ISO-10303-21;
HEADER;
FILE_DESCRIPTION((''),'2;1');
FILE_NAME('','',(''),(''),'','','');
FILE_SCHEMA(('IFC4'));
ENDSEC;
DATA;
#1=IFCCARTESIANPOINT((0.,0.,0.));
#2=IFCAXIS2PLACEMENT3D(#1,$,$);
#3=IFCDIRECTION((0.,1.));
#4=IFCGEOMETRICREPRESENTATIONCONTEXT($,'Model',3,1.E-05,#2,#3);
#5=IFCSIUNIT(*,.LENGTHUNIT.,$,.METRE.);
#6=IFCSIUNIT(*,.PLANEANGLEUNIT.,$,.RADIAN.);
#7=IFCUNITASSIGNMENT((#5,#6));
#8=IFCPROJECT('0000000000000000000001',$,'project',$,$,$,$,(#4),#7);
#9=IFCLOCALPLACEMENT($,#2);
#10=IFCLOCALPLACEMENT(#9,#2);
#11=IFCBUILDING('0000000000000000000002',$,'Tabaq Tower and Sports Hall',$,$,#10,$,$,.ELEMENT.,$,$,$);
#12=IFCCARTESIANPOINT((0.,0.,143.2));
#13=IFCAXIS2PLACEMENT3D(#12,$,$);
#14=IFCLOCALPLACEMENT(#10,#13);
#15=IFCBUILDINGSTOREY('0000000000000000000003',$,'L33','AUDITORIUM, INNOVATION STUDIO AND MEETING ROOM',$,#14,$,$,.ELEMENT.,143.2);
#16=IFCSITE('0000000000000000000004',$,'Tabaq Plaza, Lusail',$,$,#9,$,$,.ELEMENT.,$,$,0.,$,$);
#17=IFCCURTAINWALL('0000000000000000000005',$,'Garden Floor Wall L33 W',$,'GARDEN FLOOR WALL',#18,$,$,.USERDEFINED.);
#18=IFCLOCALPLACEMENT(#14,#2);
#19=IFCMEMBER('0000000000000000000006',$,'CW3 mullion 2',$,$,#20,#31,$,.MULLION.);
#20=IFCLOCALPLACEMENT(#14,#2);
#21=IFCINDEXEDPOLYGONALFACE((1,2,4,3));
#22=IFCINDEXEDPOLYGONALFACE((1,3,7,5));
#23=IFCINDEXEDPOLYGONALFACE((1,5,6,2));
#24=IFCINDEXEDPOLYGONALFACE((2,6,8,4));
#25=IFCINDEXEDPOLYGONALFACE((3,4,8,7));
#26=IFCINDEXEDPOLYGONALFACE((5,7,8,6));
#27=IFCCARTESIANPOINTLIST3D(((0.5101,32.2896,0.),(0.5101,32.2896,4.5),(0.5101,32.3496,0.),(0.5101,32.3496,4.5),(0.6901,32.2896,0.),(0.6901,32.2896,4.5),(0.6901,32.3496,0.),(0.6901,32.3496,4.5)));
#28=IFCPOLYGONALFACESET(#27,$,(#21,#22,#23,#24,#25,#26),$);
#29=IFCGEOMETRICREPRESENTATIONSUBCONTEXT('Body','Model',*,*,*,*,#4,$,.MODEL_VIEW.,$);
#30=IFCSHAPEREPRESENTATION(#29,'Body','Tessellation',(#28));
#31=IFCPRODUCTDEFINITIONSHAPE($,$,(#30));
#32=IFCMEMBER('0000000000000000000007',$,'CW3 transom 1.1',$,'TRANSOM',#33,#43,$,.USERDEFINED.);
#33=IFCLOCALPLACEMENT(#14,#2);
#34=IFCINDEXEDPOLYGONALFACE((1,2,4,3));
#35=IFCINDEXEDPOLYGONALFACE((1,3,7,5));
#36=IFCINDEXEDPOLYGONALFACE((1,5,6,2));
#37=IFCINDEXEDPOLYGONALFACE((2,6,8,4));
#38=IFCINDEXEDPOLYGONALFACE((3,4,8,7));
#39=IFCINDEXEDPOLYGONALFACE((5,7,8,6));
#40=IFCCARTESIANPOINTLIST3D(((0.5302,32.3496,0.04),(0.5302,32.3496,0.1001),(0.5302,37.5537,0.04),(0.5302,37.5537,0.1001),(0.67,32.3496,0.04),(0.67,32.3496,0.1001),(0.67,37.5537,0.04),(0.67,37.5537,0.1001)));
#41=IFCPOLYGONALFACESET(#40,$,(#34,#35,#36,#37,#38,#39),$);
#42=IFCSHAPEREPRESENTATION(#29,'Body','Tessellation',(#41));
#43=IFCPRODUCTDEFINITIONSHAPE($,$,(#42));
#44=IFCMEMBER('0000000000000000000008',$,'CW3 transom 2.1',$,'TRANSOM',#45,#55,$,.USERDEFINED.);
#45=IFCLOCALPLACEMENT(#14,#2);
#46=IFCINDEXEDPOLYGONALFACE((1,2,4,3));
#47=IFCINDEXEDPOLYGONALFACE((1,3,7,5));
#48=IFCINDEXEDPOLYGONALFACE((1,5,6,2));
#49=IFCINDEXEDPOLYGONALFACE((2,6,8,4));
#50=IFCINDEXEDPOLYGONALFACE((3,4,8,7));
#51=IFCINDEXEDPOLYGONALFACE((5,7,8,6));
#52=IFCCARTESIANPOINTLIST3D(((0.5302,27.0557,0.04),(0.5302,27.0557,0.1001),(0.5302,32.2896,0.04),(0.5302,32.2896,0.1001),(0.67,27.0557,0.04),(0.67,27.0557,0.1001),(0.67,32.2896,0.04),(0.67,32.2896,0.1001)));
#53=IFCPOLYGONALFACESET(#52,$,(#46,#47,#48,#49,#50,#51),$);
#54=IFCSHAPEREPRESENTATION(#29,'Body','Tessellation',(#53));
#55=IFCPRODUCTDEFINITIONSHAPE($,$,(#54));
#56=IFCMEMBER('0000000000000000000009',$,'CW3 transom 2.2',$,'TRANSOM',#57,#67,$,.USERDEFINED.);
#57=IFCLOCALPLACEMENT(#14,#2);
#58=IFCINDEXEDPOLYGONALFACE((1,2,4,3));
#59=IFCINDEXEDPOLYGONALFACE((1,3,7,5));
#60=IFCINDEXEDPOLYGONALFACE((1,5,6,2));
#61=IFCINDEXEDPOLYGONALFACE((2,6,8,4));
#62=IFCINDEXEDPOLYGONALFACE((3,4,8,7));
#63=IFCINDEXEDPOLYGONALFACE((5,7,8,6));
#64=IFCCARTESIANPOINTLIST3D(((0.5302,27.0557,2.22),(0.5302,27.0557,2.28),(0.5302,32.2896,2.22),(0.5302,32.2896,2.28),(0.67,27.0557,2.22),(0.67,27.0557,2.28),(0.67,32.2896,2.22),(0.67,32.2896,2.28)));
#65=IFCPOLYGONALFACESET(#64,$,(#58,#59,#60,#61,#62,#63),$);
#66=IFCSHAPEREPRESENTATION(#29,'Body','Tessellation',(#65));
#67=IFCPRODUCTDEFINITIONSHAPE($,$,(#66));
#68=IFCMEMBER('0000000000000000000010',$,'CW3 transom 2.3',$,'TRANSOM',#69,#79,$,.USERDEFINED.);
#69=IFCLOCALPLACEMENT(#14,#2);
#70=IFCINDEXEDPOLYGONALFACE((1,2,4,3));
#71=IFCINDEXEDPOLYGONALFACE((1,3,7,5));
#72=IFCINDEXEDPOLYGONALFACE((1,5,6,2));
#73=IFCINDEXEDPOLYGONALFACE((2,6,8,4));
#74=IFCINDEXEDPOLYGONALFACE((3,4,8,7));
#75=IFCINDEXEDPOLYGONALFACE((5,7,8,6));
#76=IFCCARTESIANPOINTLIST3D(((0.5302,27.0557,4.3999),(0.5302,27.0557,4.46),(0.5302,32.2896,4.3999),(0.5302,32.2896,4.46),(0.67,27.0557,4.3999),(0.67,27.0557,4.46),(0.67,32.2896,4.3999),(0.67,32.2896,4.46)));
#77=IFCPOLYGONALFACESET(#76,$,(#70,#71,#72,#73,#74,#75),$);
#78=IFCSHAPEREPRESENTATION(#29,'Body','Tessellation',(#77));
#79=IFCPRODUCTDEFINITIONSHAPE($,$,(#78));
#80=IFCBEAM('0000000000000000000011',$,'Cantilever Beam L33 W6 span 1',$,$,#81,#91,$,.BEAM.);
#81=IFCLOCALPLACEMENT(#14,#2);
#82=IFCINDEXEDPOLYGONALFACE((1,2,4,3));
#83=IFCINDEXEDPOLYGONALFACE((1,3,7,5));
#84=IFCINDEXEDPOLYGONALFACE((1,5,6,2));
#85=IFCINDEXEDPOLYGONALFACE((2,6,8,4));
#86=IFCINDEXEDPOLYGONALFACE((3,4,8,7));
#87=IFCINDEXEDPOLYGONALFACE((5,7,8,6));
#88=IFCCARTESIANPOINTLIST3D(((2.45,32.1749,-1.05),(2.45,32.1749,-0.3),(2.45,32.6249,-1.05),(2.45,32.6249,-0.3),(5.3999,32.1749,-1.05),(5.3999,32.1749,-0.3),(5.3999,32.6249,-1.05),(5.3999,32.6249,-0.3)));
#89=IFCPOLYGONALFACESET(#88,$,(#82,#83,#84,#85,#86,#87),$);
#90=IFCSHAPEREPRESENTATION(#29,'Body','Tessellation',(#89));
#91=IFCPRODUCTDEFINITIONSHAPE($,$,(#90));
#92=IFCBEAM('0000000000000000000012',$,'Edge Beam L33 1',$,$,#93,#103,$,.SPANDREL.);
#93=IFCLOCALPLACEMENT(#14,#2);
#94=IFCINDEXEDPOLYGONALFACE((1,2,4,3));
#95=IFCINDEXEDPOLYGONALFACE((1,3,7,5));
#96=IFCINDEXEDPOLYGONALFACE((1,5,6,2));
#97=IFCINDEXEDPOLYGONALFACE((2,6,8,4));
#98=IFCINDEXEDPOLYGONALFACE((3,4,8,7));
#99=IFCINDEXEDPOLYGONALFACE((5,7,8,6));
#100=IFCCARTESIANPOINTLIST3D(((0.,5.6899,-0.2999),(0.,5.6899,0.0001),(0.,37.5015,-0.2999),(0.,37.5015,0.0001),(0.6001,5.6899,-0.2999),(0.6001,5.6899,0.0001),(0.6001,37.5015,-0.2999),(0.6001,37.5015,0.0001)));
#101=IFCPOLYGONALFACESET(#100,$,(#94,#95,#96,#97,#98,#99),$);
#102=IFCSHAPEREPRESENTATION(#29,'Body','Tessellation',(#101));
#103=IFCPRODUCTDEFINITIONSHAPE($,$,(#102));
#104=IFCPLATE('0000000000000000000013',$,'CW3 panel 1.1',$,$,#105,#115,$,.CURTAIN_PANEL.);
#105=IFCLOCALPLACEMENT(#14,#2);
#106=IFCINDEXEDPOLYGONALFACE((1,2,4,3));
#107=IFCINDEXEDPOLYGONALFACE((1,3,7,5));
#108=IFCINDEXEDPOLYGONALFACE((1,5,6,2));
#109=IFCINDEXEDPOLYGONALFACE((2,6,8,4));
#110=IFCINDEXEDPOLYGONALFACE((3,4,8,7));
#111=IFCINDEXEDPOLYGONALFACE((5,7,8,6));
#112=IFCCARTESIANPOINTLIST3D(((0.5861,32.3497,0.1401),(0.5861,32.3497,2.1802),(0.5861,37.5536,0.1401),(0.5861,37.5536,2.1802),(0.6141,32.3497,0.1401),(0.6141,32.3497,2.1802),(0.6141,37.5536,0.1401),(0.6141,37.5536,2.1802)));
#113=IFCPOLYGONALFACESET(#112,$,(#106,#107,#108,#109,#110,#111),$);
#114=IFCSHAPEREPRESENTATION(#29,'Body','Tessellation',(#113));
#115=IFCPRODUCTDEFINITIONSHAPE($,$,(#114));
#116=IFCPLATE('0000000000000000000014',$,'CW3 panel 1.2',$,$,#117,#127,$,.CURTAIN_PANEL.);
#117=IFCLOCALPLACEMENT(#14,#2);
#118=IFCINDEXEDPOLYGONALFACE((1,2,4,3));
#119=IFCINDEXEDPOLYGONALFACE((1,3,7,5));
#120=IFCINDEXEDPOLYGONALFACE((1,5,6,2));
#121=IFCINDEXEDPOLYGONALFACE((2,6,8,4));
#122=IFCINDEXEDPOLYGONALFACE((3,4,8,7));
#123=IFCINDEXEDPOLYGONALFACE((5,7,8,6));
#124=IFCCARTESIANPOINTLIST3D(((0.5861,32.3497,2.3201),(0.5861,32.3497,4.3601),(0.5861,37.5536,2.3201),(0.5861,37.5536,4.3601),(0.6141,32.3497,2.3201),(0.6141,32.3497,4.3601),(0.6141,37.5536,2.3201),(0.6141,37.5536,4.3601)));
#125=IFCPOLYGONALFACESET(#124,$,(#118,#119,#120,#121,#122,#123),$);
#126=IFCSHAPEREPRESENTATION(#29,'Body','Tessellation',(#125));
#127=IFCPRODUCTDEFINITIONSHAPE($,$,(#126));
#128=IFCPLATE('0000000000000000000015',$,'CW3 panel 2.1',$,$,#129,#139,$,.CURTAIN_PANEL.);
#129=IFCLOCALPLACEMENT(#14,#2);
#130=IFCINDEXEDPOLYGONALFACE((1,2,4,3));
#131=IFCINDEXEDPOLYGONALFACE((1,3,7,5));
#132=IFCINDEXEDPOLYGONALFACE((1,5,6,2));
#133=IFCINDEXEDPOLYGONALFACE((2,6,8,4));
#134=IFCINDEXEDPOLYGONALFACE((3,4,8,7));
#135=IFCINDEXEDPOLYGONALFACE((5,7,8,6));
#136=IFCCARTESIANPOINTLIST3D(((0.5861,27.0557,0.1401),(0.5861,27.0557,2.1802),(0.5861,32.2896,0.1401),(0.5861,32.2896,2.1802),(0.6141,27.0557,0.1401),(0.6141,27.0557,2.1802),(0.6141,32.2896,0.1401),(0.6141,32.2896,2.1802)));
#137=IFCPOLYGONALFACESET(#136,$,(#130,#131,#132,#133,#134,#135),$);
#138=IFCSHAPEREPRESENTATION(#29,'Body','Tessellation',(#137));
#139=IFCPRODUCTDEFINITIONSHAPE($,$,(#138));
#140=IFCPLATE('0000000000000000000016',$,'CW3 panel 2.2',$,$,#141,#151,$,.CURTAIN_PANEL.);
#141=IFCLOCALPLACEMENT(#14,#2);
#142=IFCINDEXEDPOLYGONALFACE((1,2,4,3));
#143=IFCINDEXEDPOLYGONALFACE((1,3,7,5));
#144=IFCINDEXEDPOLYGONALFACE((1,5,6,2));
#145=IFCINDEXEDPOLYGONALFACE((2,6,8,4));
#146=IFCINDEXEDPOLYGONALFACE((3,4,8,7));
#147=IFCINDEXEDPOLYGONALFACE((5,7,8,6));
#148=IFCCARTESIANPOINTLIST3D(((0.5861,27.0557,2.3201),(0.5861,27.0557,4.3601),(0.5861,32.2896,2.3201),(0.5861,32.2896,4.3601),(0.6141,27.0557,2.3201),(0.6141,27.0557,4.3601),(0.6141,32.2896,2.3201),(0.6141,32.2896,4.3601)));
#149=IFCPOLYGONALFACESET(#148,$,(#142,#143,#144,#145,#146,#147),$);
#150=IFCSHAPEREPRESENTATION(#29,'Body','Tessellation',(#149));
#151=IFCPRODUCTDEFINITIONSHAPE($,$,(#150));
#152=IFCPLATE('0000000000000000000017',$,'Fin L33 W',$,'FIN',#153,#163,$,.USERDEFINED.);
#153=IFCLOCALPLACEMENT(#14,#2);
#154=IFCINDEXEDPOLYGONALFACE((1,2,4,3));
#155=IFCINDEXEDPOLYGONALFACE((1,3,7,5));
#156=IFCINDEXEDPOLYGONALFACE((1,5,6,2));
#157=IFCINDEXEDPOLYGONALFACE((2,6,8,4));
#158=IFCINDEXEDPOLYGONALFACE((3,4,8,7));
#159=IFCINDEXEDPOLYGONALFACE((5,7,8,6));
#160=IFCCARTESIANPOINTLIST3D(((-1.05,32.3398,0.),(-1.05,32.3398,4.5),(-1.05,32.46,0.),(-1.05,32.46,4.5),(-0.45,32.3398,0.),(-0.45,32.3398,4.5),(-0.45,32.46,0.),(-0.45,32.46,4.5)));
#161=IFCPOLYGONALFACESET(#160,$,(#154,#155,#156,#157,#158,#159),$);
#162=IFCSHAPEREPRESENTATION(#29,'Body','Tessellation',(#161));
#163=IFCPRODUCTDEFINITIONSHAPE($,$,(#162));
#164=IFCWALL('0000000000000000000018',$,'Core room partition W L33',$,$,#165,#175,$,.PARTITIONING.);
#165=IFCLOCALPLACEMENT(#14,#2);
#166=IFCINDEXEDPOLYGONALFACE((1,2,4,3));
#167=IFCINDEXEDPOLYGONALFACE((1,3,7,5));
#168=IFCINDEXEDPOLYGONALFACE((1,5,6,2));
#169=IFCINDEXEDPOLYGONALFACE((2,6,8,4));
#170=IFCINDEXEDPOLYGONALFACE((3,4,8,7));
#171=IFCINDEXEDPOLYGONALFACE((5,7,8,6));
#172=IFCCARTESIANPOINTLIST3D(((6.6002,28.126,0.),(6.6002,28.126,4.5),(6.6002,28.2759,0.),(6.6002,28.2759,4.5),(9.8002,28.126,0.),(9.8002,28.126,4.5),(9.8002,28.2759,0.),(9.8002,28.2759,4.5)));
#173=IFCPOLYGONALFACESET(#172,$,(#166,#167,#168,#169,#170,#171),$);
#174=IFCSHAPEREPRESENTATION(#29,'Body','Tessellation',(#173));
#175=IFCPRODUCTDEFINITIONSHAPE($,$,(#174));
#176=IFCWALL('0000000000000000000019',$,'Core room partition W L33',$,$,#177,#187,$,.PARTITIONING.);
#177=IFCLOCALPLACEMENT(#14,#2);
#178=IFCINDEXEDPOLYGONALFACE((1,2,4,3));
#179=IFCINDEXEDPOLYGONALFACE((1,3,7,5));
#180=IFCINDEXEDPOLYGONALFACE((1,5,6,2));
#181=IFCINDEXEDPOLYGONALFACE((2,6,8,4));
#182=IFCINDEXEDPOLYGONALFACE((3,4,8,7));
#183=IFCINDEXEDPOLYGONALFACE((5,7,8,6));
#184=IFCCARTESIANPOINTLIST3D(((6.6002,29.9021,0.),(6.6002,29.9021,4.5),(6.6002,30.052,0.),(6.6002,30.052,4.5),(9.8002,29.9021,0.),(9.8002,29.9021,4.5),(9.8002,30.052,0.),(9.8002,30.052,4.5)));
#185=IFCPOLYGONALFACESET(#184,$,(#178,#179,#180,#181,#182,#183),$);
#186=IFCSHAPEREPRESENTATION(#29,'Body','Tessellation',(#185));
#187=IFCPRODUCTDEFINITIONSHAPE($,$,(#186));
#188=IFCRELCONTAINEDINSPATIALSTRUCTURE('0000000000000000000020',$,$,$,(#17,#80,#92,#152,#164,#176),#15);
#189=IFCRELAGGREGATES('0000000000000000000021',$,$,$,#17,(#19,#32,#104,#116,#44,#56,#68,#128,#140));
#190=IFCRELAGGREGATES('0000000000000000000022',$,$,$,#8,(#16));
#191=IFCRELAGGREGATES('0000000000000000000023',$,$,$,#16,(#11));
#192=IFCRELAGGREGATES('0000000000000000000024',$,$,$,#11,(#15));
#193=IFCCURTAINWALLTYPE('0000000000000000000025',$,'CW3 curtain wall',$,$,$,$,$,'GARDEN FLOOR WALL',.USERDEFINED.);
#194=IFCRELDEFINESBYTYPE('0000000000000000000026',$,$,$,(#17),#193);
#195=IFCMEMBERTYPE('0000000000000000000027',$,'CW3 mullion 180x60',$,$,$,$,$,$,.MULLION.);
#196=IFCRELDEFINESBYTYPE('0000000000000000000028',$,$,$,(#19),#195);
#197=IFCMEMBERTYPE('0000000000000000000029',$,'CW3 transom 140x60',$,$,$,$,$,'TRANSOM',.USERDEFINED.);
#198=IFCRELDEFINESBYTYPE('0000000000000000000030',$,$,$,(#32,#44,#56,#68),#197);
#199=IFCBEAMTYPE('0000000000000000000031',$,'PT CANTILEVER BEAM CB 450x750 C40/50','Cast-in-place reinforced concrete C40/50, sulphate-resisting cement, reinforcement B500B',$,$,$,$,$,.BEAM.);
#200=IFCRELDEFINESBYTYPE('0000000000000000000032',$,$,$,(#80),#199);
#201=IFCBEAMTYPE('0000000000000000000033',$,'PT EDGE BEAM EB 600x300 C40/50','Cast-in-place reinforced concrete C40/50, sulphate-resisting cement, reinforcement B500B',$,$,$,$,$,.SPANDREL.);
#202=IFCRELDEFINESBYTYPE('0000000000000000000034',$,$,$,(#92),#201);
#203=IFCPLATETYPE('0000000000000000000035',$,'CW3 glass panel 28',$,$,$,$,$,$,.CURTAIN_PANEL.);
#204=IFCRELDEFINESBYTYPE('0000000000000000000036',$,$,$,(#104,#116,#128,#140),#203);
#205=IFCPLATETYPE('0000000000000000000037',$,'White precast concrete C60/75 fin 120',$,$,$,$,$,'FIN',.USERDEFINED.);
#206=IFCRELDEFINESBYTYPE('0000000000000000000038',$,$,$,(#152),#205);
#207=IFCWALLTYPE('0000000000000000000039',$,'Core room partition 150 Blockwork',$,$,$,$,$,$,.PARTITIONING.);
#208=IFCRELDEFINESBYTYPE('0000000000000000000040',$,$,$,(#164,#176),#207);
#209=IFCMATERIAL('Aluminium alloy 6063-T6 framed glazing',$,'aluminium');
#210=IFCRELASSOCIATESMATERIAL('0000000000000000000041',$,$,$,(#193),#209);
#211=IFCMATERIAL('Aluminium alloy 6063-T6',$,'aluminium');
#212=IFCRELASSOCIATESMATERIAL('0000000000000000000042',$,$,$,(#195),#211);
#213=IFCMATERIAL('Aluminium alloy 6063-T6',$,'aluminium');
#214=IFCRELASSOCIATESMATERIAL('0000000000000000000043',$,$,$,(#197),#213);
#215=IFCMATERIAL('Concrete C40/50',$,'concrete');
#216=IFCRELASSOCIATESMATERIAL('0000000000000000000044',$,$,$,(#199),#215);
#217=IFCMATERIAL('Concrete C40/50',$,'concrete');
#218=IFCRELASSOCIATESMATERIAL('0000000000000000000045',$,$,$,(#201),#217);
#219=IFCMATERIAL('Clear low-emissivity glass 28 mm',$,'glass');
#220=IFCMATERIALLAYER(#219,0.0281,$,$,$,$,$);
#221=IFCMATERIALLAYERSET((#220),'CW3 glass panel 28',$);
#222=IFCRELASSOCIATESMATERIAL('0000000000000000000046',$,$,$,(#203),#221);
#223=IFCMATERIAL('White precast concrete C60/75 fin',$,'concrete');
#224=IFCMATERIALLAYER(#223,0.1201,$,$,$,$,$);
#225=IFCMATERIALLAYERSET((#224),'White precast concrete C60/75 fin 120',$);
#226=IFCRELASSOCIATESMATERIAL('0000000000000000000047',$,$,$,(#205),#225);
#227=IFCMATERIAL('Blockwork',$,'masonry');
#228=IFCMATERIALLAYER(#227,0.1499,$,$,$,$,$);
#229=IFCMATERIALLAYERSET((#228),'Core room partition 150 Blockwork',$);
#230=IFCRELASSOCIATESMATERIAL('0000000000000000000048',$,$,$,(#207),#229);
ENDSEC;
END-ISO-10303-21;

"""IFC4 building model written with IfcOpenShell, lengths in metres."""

from ifc_helpers import new_model, si_unit, direction, frame, frame_2d, origin, origin_2d, place, context, subcontext, project, spatial, rectangle, extrude, material, layer, layer_set, material_profile, profile_set, type_object, element, aggregate, save


model = new_model("IFC4")

# Units and contexts
model_context = context("Model", 3, precision=1e-05, world=origin(), true_north=direction((0.0, 1.0)))
body_context = subcontext(model_context, "Body", "Model", "MODEL_VIEW")
ifc_project = project(units=[si_unit("LENGTHUNIT", "METRE"), si_unit("PLANEANGLEUNIT", "RADIAN")], contexts=[model_context])

# Site, building, storey
site_placement = place(None, origin())
site = spatial("IfcSite", under=ifc_project, at=site_placement, Name="Tabaq Plaza, Lusail", CompositionType="ELEMENT", RefElevation=0.0)
building_placement = place(site_placement, origin())
building = spatial("IfcBuilding", under=site, at=building_placement, Name="Tabaq Tower and Sports Hall", CompositionType="ELEMENT")
storey_placement = place(building_placement, frame((0.0, 0.0, 143.2)))
storey = spatial("IfcBuildingStorey", under=building, at=storey_placement, Name="L33", Description="AUDITORIUM, INNOVATION STUDIO AND MEETING ROOM", CompositionType="ELEMENT", Elevation=143.2)

# Curtain wall, members
ifc_material_1 = material(Name="Aluminium alloy 6063-T6 framed glazing", Category="aluminium")
curtain_wall_type = type_object("IfcCurtainWallType", Name="CW3 curtain wall", ElementType="GARDEN FLOOR WALL", PredefinedType="USERDEFINED", material=ifc_material_1)
curtain_wall_placement = place(storey_placement, origin())
curtain_wall = element("IfcCurtainWall", 1, at=curtain_wall_placement, inside=storey, type_object=curtain_wall_type, Name="Garden Floor Wall L33 W", ObjectType="GARDEN FLOOR WALL", PredefinedType="USERDEFINED")
ifc_material_2 = material(Name="Aluminium alloy 6063-T6", Category="aluminium")
ifc_material_profile_1 = material_profile(ifc_material_2, rectangle(XDim=0.1799, YDim=0.0601, at=origin_2d()), Name="MULLION 180x60")
ifc_profile_set_1 = profile_set([ifc_material_profile_1], Name="Aluminium alloy 6063-T6")
member_type_1 = type_object("IfcMemberType", Name="CW3 mullion 180x60", PredefinedType="MULLION", material=ifc_profile_set_1)
member_1_placement = place(storey_placement, frame((0.6001, 32.3196, 0.0), z_axis=(0.0, 0.0, 1.0), x_axis=(1.0, 0.0, 0.0)))
member_1 = element("IfcMember", 2, at=member_1_placement, type_object=member_type_1, Name="CW3 mullion 2", PredefinedType="MULLION", context=body_context, shape_type="SweptSolid", body=[
    extrude(rectangle(XDim=0.1799, YDim=0.0601, at=origin_2d()), origin(), (0.0, 0.0, 1.0), 4.5),
])
ifc_material_3 = material(Name="Aluminium alloy 6063-T6", Category="aluminium")
ifc_material_profile_2 = material_profile(ifc_material_3, rectangle(XDim=0.1399, YDim=0.0601, at=origin_2d()), Name="TRANSOM 140x60")
ifc_profile_set_2 = profile_set([ifc_material_profile_2], Name="Aluminium alloy 6063-T6")
member_type_2 = type_object("IfcMemberType", Name="CW3 transom 140x60", ElementType="TRANSOM", PredefinedType="USERDEFINED", material=ifc_profile_set_2)
member_2_placement = place(storey_placement, frame((0.6001, 37.5537, 0.0701), z_axis=(0.0, -1.0, 0.0), x_axis=(1.0, 0.0, 0.0)))
member_2 = element("IfcMember", 3, at=member_2_placement, type_object=member_type_2, Name="CW3 transom 1.1", ObjectType="TRANSOM", PredefinedType="USERDEFINED", context=body_context, shape_type="SweptSolid", body=[
    extrude(rectangle(XDim=0.1399, YDim=0.0601, at=origin_2d()), origin(), (0.0, 0.0, 1.0), 5.2041),
])
member_3_placement = place(storey_placement, frame((0.6001, 32.2896, 0.0701), z_axis=(0.0, -1.0, 0.0), x_axis=(1.0, 0.0, 0.0)))
member_3 = element("IfcMember", 4, at=member_3_placement, type_object=member_type_2, Name="CW3 transom 2.1", ObjectType="TRANSOM", PredefinedType="USERDEFINED", context=body_context, shape_type="SweptSolid", body=[
    extrude(rectangle(XDim=0.1399, YDim=0.0601, at=origin_2d()), origin(), (0.0, 0.0, 1.0), 5.2339),
])
member_4_placement = place(storey_placement, frame((0.6001, 32.2896, 2.25), z_axis=(0.0, -1.0, 0.0), x_axis=(1.0, 0.0, 0.0)))
member_4 = element("IfcMember", 5, at=member_4_placement, type_object=member_type_2, Name="CW3 transom 2.2", ObjectType="TRANSOM", PredefinedType="USERDEFINED", context=body_context, shape_type="SweptSolid", body=[
    extrude(rectangle(XDim=0.1399, YDim=0.0601, at=origin_2d()), origin(), (0.0, 0.0, 1.0), 5.2339),
])
member_5_placement = place(storey_placement, frame((0.6001, 32.2896, 4.4299), z_axis=(0.0, -1.0, 0.0), x_axis=(1.0, 0.0, 0.0)))
member_5 = element("IfcMember", 6, at=member_5_placement, type_object=member_type_2, Name="CW3 transom 2.3", ObjectType="TRANSOM", PredefinedType="USERDEFINED", context=body_context, shape_type="SweptSolid", body=[
    extrude(rectangle(XDim=0.1399, YDim=0.0601, at=origin_2d()), origin(), (0.0, 0.0, 1.0), 5.2339),
])

# Beams
ifc_material_4 = material(Name="Concrete C40/50", Category="concrete")
ifc_material_profile_3 = material_profile(ifc_material_4, rectangle(XDim=0.45, YDim=0.75, at=origin_2d()), Name="CB 450x750")
ifc_profile_set_3 = profile_set([ifc_material_profile_3], Name="Concrete C40/50")
beam_type_1 = type_object("IfcBeamType", Name="PT CANTILEVER BEAM CB 450x750 C40/50", Description="Cast-in-place reinforced concrete C40/50, sulphate-resisting cement, reinforcement B500B", PredefinedType="BEAM", material=ifc_profile_set_3)
beam_1_placement = place(storey_placement, frame((2.45, 32.3999, -0.675), z_axis=(1.0, 0.0, 0.0), x_axis=(0.0, 1.0, 0.0)))
element("IfcBeam", 7, at=beam_1_placement, inside=storey, type_object=beam_type_1, Name="Cantilever Beam L33 W6 span 1", PredefinedType="BEAM", context=body_context, shape_type="SweptSolid", body=[
    extrude(rectangle(XDim=0.45, YDim=0.75, at=origin_2d()), origin(), (0.0, 0.0, 1.0), 2.95),
])
ifc_material_5 = material(Name="Concrete C40/50", Category="concrete")
ifc_material_profile_4 = material_profile(ifc_material_5, rectangle(XDim=0.6001, YDim=0.3, at=origin_2d()), Name="EB 600x300")
ifc_profile_set_4 = profile_set([ifc_material_profile_4], Name="Concrete C40/50")
beam_type_2 = type_object("IfcBeamType", Name="PT EDGE BEAM EB 600x300 C40/50", Description="Cast-in-place reinforced concrete C40/50, sulphate-resisting cement, reinforcement B500B", PredefinedType="SPANDREL", material=ifc_profile_set_4)
beam_2_placement = place(storey_placement, frame((0.3, 37.5015, -0.1499), z_axis=(0.0, -1.0, 0.0), x_axis=(1.0, 0.0, 0.0)))
element("IfcBeam", 8, at=beam_2_placement, inside=storey, type_object=beam_type_2, Name="Edge Beam L33 1", PredefinedType="SPANDREL", context=body_context, shape_type="SweptSolid", body=[
    extrude(rectangle(XDim=0.6001, YDim=0.3, at=origin_2d()), origin(), (0.0, 0.0, 1.0), 31.8115),
])

# Plates
ifc_material_6 = material(Name="Clear low-emissivity glass 28 mm", Category="glass")
ifc_layer_1 = layer(ifc_material_6, 0.0281)
ifc_layer_set_1 = layer_set([ifc_layer_1], Name="CW3 glass panel 28")
plate_type_1 = type_object("IfcPlateType", Name="CW3 glass panel 28", PredefinedType="CURTAIN_PANEL", material=ifc_layer_set_1)
plate_1_placement = place(storey_placement, frame((0.6001, 34.9517, 0.1401), z_axis=(0.0, 0.0, 1.0), x_axis=(0.0, -1.0, 0.0)))
plate_1 = element("IfcPlate", 9, at=plate_1_placement, type_object=plate_type_1, Name="CW3 panel 1.1", PredefinedType="CURTAIN_PANEL", context=body_context, shape_type="SweptSolid", body=[
    extrude(rectangle(XDim=5.2039, YDim=0.0281, at=origin_2d()), origin(), (0.0, 0.0, 1.0), 2.04),
])
plate_2_placement = place(storey_placement, frame((0.6001, 34.9517, 2.3201), z_axis=(0.0, 0.0, 1.0), x_axis=(0.0, -1.0, 0.0)))
plate_2 = element("IfcPlate", 10, at=plate_2_placement, type_object=plate_type_1, Name="CW3 panel 1.2", PredefinedType="CURTAIN_PANEL", context=body_context, shape_type="SweptSolid", body=[
    extrude(rectangle(XDim=5.2039, YDim=0.0281, at=origin_2d()), origin(), (0.0, 0.0, 1.0), 2.04),
])
plate_3_placement = place(storey_placement, frame((0.6001, 29.6726, 0.1401), z_axis=(0.0, 0.0, 1.0), x_axis=(0.0, -1.0, 0.0)))
plate_3 = element("IfcPlate", 11, at=plate_3_placement, type_object=plate_type_1, Name="CW3 panel 2.1", PredefinedType="CURTAIN_PANEL", context=body_context, shape_type="SweptSolid", body=[
    extrude(rectangle(XDim=5.2339, YDim=0.0281, at=origin_2d()), origin(), (0.0, 0.0, 1.0), 2.04),
])
plate_4_placement = place(storey_placement, frame((0.6001, 29.6726, 2.3201), z_axis=(0.0, 0.0, 1.0), x_axis=(0.0, -1.0, 0.0)))
plate_4 = element("IfcPlate", 12, at=plate_4_placement, type_object=plate_type_1, Name="CW3 panel 2.2", PredefinedType="CURTAIN_PANEL", context=body_context, shape_type="SweptSolid", body=[
    extrude(rectangle(XDim=5.2339, YDim=0.0281, at=origin_2d()), origin(), (0.0, 0.0, 1.0), 2.04),
])
aggregate(curtain_wall, [member_1, member_2, plate_1, plate_2, member_3, member_4, member_5, plate_3, plate_4])
ifc_material_7 = material(Name="White precast concrete C60/75 fin", Category="concrete")
ifc_layer_2 = layer(ifc_material_7, 0.1201)
ifc_layer_set_2 = layer_set([ifc_layer_2], Name="White precast concrete C60/75 fin 120")
plate_type_2 = type_object("IfcPlateType", Name="White precast concrete C60/75 fin 120", ElementType="FIN", PredefinedType="USERDEFINED", material=ifc_layer_set_2)
plate_5_placement = place(storey_placement, frame((-0.75, 32.3999, 0.0), z_axis=(0.0, 0.0, 1.0), x_axis=(0.0, -1.0, 0.0)))
element("IfcPlate", 13, at=plate_5_placement, inside=storey, type_object=plate_type_2, Name="Fin L33 W", ObjectType="FIN", PredefinedType="USERDEFINED", context=body_context, shape_type="SweptSolid", body=[
    extrude(rectangle(XDim=0.1201, YDim=0.6001, at=origin_2d()), origin(), (0.0, 0.0, 1.0), 4.5),
])

# Walls
ifc_material_8 = material(Name="Blockwork", Category="masonry")
ifc_layer_3 = layer(ifc_material_8, 0.1499)
ifc_layer_set_3 = layer_set([ifc_layer_3], Name="Core room partition 150 Blockwork")
wall_type_1 = type_object("IfcWallType", Name="Core room partition 150 Blockwork", PredefinedType="PARTITIONING", material=ifc_layer_set_3)
for number, where, z_axis, x_axis, name in (
    (14, (6.6001, 28.2009, 0.0), (0.0, 0.0, 1.0), (1.0, 0.0, 0.0), "Core room partition W L33"),
    (15, (6.6001, 29.9771, 0.0), (0.0, 0.0, 1.0), (1.0, 0.0, 0.0), "Core room partition W L33"),
):
    element("IfcWall", number, at=place(storey_placement, frame(where, z_axis=z_axis, x_axis=x_axis)), inside=storey, type_object=wall_type_1, Name=name, PredefinedType="PARTITIONING", context=body_context, shape_type="SweptSolid", body=[
        extrude(rectangle(XDim=3.2, YDim=0.1499, at=frame_2d((1.6001, 0.0))), origin(), (0.0, 0.0, 1.0), 4.5),
    ])

save(model, "model.ifc")
